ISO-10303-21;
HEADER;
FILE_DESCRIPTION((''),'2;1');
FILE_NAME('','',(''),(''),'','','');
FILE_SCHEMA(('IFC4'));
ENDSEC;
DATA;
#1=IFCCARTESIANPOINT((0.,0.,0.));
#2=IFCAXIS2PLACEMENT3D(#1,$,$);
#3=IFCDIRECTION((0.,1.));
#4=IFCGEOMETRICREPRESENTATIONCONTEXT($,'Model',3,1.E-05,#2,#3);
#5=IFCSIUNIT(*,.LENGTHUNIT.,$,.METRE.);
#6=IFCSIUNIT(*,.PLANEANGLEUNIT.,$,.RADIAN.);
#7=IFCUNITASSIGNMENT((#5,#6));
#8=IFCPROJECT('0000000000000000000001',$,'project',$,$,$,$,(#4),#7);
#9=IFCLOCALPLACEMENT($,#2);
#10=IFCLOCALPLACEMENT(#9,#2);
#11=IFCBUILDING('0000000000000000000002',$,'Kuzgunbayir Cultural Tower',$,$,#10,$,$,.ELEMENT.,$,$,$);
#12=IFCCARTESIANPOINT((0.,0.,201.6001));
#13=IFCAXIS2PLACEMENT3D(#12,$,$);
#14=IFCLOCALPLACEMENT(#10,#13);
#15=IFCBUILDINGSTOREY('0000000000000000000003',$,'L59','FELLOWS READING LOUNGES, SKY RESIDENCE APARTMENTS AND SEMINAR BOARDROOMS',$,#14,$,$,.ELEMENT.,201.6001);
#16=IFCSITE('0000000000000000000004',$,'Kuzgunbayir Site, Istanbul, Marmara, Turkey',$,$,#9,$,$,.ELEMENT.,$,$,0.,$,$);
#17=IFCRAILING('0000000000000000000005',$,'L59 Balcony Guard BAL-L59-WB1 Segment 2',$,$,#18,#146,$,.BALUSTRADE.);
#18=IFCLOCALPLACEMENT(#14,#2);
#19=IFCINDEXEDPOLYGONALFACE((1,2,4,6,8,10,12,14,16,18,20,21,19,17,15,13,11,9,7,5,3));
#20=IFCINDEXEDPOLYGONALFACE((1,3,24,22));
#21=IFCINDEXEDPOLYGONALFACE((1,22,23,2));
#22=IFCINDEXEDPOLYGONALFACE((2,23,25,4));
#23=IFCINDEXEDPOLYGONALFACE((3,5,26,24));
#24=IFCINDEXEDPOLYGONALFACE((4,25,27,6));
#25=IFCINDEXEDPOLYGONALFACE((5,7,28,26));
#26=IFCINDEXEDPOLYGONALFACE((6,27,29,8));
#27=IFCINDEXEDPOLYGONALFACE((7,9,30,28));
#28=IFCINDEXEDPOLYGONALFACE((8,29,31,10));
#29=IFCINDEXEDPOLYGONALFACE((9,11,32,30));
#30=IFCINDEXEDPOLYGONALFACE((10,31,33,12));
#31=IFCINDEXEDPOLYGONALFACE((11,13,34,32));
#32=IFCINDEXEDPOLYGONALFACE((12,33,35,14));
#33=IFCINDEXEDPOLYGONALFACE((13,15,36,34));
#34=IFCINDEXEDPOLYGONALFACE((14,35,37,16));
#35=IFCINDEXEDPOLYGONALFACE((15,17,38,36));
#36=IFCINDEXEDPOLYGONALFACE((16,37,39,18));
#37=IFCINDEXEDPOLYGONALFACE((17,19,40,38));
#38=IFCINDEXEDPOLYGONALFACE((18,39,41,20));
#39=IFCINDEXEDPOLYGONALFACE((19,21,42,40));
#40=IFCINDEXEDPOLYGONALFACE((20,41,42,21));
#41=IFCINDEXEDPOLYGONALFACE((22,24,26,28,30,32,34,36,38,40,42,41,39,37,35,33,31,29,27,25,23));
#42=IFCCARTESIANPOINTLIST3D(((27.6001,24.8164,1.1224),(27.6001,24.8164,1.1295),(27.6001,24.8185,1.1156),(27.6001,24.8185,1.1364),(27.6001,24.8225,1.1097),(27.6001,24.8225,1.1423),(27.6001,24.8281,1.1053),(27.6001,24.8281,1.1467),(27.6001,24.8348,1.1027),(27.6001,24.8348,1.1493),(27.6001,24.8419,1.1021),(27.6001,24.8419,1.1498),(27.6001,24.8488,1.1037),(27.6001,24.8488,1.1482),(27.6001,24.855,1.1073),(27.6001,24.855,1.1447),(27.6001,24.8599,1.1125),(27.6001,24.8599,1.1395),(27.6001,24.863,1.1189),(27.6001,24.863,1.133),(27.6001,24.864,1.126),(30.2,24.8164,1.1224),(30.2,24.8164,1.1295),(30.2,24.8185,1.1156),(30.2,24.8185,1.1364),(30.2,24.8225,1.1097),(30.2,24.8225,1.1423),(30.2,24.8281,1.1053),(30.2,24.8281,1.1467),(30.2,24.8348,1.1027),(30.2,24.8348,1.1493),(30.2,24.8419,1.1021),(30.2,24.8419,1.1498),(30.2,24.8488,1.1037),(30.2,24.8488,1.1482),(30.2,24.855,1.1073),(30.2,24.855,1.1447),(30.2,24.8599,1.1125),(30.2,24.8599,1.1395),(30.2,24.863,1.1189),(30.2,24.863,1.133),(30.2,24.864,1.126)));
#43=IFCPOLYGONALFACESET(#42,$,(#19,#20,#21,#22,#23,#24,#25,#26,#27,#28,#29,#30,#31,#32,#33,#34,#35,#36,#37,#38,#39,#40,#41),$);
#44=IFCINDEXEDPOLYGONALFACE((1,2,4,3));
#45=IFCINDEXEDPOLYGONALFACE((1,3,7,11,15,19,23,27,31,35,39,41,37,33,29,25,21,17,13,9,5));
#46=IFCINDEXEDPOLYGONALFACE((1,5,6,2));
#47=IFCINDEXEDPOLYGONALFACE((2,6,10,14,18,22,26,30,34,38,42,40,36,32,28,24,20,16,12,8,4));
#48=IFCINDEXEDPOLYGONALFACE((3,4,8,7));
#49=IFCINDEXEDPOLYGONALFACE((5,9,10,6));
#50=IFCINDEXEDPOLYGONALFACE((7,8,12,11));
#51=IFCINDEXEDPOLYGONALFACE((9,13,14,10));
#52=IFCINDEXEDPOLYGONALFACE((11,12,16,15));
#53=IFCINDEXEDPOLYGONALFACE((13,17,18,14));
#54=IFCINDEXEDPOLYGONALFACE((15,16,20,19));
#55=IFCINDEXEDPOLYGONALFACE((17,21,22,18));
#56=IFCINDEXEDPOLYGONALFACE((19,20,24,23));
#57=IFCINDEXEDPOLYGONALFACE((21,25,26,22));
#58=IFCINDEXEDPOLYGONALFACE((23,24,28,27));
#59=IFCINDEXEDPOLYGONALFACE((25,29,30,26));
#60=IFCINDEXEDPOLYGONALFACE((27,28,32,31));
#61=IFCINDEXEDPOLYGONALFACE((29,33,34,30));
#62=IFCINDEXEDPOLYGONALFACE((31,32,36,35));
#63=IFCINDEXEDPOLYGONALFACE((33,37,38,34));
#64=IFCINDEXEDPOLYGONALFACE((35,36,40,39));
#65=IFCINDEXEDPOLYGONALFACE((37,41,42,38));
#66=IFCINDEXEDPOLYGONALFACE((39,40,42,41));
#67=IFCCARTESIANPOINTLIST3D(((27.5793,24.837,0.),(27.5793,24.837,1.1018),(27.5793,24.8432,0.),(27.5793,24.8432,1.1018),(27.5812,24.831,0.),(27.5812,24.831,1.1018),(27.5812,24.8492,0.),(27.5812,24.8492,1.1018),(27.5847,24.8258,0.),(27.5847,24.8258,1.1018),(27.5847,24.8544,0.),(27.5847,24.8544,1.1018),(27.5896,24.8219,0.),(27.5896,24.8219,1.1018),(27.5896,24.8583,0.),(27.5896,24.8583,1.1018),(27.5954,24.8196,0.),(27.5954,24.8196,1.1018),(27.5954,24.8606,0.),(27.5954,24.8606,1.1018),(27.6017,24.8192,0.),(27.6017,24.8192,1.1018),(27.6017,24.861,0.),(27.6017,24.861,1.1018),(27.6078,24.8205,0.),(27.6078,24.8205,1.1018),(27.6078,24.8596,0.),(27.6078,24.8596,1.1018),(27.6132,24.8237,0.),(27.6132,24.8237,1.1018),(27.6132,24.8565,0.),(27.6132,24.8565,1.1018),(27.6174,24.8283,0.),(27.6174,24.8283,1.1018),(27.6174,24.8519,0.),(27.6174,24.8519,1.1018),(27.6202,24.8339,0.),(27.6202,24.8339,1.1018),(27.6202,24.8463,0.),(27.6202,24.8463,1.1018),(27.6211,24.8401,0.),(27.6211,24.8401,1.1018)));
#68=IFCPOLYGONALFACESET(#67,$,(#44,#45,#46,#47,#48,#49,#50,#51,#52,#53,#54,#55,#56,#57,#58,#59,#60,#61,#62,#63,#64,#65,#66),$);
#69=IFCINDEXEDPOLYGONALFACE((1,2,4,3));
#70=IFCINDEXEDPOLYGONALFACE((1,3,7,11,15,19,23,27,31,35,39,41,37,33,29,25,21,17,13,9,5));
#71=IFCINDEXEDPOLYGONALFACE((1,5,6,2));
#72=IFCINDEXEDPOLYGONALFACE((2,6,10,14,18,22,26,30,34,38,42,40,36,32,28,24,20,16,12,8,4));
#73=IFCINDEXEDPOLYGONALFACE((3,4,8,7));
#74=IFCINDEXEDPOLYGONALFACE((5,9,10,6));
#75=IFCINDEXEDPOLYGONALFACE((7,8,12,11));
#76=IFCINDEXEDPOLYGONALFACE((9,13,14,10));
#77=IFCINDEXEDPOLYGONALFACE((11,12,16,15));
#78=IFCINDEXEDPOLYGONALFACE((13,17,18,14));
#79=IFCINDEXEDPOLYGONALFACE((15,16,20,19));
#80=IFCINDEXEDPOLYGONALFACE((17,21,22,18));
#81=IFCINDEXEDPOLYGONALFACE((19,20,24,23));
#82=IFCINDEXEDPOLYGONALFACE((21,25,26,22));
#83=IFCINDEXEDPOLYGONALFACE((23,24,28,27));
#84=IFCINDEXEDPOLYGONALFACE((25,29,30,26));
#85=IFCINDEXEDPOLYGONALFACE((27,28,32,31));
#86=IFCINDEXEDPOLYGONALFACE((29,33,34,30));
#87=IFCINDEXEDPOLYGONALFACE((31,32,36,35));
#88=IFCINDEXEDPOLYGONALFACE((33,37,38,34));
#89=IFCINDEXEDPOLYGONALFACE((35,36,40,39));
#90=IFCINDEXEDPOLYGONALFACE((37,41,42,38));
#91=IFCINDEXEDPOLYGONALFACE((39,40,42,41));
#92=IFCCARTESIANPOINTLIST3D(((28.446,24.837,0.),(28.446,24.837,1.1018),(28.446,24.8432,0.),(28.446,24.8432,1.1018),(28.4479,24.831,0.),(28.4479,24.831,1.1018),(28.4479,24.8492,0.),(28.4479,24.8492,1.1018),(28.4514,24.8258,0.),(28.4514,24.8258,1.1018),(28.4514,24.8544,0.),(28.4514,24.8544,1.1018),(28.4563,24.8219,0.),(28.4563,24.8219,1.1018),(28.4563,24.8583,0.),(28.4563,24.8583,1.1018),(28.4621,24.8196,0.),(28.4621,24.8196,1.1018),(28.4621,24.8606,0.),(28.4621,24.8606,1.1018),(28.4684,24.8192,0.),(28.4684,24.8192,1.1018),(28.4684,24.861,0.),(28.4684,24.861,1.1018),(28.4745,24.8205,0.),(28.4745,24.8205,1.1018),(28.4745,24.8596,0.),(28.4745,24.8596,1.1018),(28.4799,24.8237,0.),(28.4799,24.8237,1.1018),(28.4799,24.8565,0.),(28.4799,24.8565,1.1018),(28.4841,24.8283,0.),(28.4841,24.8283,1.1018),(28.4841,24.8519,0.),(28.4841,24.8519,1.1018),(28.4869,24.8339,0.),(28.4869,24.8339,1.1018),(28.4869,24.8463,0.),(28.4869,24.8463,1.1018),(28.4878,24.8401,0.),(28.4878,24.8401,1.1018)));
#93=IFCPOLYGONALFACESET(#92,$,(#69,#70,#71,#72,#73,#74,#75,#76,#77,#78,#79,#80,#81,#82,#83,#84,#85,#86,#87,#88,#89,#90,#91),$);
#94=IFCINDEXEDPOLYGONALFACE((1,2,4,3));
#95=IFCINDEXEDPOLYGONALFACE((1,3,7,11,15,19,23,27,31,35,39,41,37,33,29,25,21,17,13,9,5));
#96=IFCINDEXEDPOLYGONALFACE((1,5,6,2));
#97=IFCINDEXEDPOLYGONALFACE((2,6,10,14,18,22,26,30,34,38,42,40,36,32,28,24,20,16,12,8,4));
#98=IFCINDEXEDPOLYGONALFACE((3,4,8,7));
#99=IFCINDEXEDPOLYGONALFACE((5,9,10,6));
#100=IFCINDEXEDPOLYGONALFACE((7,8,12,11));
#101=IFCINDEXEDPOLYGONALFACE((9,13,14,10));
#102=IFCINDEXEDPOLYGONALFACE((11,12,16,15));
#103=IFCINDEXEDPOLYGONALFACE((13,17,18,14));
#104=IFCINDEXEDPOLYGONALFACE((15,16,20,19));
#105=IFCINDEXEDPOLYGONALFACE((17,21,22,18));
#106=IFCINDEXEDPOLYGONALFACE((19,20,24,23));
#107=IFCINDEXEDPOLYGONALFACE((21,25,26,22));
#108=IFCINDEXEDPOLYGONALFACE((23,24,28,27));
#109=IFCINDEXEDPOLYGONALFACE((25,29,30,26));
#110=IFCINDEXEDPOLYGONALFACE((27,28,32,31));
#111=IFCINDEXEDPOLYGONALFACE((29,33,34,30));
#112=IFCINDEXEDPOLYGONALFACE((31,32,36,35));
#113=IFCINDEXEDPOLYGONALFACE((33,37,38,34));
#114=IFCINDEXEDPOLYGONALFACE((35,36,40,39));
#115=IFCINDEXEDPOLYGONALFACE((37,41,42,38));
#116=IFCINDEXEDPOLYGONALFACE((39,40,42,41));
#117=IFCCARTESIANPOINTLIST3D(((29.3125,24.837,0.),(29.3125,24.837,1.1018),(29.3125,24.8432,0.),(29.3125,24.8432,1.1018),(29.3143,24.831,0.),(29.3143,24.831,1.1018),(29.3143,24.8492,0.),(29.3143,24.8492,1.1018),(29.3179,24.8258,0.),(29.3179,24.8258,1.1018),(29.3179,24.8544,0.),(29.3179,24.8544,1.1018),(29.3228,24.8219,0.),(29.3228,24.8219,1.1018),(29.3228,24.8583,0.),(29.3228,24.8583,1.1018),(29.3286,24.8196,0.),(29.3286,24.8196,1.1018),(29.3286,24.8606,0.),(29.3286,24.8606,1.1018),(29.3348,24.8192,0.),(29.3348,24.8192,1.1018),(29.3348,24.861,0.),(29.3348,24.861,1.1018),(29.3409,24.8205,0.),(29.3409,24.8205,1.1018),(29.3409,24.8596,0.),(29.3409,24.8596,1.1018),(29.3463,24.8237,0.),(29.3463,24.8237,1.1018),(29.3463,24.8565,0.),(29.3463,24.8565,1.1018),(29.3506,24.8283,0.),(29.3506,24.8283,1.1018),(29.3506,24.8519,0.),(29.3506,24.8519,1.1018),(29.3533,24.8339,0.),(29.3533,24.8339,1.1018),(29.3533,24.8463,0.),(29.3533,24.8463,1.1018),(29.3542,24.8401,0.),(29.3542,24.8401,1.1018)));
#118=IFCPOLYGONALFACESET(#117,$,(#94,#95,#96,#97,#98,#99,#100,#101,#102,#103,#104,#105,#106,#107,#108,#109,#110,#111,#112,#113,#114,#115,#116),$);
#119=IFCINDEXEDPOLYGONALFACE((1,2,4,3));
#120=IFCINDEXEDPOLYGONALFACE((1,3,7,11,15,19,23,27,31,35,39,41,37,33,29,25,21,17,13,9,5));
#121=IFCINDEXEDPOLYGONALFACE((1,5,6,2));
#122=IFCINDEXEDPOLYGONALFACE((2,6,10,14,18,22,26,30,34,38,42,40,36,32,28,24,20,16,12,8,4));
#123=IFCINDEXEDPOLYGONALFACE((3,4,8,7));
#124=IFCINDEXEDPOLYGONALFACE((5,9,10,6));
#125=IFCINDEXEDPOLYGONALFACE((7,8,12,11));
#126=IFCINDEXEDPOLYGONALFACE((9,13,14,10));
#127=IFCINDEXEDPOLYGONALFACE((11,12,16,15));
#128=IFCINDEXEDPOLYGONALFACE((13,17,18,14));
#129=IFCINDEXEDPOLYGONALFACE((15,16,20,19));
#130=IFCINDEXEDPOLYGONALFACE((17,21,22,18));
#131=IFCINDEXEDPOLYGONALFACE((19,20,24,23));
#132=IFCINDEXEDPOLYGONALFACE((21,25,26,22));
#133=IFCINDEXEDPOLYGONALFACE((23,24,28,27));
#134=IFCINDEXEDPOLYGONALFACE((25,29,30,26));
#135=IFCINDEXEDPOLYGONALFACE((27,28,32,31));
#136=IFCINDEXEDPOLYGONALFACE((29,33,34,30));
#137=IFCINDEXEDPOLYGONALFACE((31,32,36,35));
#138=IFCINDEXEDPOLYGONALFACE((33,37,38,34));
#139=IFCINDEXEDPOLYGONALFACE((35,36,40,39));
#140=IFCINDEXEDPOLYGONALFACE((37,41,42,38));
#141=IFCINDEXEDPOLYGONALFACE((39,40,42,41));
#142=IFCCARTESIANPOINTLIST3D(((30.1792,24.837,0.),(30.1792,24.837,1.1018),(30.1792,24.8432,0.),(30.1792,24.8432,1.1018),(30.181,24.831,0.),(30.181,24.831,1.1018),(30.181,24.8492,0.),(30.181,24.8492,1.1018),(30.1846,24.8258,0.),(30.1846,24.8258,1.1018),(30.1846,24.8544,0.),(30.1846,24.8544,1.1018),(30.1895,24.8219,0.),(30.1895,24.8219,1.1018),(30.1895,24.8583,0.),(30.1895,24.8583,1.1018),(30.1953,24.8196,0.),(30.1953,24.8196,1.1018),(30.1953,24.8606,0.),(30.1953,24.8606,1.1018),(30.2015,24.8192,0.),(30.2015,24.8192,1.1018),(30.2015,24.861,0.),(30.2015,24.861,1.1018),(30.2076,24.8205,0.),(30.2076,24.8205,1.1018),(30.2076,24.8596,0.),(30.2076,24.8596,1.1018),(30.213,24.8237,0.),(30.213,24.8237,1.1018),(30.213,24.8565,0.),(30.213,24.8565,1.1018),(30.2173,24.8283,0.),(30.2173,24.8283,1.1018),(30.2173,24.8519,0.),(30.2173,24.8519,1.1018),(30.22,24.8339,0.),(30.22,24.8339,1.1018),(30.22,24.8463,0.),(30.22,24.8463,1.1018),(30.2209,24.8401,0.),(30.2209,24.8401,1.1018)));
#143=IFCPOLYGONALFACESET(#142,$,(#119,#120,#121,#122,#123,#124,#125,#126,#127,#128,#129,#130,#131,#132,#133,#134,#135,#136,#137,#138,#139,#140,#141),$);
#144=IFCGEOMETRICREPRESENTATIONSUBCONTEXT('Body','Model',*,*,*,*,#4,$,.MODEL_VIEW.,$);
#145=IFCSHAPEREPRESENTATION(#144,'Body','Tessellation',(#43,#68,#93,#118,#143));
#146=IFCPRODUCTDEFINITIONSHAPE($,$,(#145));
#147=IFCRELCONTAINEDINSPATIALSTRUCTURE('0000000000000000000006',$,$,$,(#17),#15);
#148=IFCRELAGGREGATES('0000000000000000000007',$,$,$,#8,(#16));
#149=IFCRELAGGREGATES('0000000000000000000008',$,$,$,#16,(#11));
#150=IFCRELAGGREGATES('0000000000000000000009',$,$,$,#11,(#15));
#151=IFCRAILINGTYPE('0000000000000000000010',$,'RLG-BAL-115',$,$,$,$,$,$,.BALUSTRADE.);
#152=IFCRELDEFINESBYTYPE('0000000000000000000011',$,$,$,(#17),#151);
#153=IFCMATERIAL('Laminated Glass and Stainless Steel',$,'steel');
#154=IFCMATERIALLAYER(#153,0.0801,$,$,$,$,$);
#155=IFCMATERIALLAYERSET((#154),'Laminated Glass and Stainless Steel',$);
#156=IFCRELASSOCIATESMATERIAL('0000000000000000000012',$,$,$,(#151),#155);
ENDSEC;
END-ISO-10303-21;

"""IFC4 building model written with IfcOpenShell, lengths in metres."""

from ifc_helpers import new_model, si_unit, direction, frame, origin, origin_2d, place, context, subcontext, project, spatial, circle, extrude, material, layer, layer_set, type_object, element, save


model = new_model("IFC4")

# Units and contexts
model_context = context("Model", 3, precision=1e-05, world=origin(), true_north=direction((0.0, 1.0)))
body_context = subcontext(model_context, "Body", "Model", "MODEL_VIEW")
ifc_project = project(units=[si_unit("LENGTHUNIT", "METRE"), si_unit("PLANEANGLEUNIT", "RADIAN")], contexts=[model_context])

# Site, building, storey
site_placement = place(None, origin())
site = spatial("IfcSite", under=ifc_project, at=site_placement, Name="Kuzgunbayir Site, Istanbul, Marmara, Turkey", CompositionType="ELEMENT", RefElevation=0.0)
building_placement = place(site_placement, origin())
building = spatial("IfcBuilding", under=site, at=building_placement, Name="Kuzgunbayir Cultural Tower", CompositionType="ELEMENT")
storey_placement = place(building_placement, frame((0.0, 0.0, 201.6001)))
storey = spatial("IfcBuildingStorey", under=building, at=storey_placement, Name="L59", Description="FELLOWS READING LOUNGES, SKY RESIDENCE APARTMENTS AND SEMINAR BOARDROOMS", CompositionType="ELEMENT", Elevation=201.6001)

# Railing
ifc_material_1 = material(Name="Laminated Glass and Stainless Steel", Category="steel")
ifc_layer_1 = layer(ifc_material_1, 0.0801)
ifc_layer_set_1 = layer_set([ifc_layer_1], Name="Laminated Glass and Stainless Steel")
railing_type = type_object("IfcRailingType", Name="RLG-BAL-115", PredefinedType="BALUSTRADE", material=ifc_layer_set_1)
railing_1_placement = place(storey_placement, frame((27.6001, 24.8401, 0.0)))
element("IfcRailing", 1, at=railing_1_placement, inside=storey, type_object=railing_type, Name="L59 Balcony Guard BAL-L59-WB1 Segment 2", PredefinedType="BALUSTRADE", context=body_context, shape_type="SweptSolid", body=[
    extrude(circle(Radius=0.0239, at=origin_2d()), frame((0.0, 0.0, 1.126), z_axis=(1.0, 0.0, 0.0), x_axis=(0.0, 1.0, 0.0)), (0.0, 0.0, 1.0), 2.5999),
    extrude(circle(Radius=0.021, at=origin_2d()), origin(), (0.0, 0.0, 1.0), 1.1018),
    extrude(circle(Radius=0.021, at=origin_2d()), frame((0.8667, 0.0, 0.0)), (0.0, 0.0, 1.0), 1.1018),
    extrude(circle(Radius=0.021, at=origin_2d()), frame((1.7332, 0.0, 0.0)), (0.0, 0.0, 1.0), 1.1018),
    extrude(circle(Radius=0.021, at=origin_2d()), frame((2.5999, 0.0, 0.0)), (0.0, 0.0, 1.0), 1.1018),
])

save(model, "model.ifc")
